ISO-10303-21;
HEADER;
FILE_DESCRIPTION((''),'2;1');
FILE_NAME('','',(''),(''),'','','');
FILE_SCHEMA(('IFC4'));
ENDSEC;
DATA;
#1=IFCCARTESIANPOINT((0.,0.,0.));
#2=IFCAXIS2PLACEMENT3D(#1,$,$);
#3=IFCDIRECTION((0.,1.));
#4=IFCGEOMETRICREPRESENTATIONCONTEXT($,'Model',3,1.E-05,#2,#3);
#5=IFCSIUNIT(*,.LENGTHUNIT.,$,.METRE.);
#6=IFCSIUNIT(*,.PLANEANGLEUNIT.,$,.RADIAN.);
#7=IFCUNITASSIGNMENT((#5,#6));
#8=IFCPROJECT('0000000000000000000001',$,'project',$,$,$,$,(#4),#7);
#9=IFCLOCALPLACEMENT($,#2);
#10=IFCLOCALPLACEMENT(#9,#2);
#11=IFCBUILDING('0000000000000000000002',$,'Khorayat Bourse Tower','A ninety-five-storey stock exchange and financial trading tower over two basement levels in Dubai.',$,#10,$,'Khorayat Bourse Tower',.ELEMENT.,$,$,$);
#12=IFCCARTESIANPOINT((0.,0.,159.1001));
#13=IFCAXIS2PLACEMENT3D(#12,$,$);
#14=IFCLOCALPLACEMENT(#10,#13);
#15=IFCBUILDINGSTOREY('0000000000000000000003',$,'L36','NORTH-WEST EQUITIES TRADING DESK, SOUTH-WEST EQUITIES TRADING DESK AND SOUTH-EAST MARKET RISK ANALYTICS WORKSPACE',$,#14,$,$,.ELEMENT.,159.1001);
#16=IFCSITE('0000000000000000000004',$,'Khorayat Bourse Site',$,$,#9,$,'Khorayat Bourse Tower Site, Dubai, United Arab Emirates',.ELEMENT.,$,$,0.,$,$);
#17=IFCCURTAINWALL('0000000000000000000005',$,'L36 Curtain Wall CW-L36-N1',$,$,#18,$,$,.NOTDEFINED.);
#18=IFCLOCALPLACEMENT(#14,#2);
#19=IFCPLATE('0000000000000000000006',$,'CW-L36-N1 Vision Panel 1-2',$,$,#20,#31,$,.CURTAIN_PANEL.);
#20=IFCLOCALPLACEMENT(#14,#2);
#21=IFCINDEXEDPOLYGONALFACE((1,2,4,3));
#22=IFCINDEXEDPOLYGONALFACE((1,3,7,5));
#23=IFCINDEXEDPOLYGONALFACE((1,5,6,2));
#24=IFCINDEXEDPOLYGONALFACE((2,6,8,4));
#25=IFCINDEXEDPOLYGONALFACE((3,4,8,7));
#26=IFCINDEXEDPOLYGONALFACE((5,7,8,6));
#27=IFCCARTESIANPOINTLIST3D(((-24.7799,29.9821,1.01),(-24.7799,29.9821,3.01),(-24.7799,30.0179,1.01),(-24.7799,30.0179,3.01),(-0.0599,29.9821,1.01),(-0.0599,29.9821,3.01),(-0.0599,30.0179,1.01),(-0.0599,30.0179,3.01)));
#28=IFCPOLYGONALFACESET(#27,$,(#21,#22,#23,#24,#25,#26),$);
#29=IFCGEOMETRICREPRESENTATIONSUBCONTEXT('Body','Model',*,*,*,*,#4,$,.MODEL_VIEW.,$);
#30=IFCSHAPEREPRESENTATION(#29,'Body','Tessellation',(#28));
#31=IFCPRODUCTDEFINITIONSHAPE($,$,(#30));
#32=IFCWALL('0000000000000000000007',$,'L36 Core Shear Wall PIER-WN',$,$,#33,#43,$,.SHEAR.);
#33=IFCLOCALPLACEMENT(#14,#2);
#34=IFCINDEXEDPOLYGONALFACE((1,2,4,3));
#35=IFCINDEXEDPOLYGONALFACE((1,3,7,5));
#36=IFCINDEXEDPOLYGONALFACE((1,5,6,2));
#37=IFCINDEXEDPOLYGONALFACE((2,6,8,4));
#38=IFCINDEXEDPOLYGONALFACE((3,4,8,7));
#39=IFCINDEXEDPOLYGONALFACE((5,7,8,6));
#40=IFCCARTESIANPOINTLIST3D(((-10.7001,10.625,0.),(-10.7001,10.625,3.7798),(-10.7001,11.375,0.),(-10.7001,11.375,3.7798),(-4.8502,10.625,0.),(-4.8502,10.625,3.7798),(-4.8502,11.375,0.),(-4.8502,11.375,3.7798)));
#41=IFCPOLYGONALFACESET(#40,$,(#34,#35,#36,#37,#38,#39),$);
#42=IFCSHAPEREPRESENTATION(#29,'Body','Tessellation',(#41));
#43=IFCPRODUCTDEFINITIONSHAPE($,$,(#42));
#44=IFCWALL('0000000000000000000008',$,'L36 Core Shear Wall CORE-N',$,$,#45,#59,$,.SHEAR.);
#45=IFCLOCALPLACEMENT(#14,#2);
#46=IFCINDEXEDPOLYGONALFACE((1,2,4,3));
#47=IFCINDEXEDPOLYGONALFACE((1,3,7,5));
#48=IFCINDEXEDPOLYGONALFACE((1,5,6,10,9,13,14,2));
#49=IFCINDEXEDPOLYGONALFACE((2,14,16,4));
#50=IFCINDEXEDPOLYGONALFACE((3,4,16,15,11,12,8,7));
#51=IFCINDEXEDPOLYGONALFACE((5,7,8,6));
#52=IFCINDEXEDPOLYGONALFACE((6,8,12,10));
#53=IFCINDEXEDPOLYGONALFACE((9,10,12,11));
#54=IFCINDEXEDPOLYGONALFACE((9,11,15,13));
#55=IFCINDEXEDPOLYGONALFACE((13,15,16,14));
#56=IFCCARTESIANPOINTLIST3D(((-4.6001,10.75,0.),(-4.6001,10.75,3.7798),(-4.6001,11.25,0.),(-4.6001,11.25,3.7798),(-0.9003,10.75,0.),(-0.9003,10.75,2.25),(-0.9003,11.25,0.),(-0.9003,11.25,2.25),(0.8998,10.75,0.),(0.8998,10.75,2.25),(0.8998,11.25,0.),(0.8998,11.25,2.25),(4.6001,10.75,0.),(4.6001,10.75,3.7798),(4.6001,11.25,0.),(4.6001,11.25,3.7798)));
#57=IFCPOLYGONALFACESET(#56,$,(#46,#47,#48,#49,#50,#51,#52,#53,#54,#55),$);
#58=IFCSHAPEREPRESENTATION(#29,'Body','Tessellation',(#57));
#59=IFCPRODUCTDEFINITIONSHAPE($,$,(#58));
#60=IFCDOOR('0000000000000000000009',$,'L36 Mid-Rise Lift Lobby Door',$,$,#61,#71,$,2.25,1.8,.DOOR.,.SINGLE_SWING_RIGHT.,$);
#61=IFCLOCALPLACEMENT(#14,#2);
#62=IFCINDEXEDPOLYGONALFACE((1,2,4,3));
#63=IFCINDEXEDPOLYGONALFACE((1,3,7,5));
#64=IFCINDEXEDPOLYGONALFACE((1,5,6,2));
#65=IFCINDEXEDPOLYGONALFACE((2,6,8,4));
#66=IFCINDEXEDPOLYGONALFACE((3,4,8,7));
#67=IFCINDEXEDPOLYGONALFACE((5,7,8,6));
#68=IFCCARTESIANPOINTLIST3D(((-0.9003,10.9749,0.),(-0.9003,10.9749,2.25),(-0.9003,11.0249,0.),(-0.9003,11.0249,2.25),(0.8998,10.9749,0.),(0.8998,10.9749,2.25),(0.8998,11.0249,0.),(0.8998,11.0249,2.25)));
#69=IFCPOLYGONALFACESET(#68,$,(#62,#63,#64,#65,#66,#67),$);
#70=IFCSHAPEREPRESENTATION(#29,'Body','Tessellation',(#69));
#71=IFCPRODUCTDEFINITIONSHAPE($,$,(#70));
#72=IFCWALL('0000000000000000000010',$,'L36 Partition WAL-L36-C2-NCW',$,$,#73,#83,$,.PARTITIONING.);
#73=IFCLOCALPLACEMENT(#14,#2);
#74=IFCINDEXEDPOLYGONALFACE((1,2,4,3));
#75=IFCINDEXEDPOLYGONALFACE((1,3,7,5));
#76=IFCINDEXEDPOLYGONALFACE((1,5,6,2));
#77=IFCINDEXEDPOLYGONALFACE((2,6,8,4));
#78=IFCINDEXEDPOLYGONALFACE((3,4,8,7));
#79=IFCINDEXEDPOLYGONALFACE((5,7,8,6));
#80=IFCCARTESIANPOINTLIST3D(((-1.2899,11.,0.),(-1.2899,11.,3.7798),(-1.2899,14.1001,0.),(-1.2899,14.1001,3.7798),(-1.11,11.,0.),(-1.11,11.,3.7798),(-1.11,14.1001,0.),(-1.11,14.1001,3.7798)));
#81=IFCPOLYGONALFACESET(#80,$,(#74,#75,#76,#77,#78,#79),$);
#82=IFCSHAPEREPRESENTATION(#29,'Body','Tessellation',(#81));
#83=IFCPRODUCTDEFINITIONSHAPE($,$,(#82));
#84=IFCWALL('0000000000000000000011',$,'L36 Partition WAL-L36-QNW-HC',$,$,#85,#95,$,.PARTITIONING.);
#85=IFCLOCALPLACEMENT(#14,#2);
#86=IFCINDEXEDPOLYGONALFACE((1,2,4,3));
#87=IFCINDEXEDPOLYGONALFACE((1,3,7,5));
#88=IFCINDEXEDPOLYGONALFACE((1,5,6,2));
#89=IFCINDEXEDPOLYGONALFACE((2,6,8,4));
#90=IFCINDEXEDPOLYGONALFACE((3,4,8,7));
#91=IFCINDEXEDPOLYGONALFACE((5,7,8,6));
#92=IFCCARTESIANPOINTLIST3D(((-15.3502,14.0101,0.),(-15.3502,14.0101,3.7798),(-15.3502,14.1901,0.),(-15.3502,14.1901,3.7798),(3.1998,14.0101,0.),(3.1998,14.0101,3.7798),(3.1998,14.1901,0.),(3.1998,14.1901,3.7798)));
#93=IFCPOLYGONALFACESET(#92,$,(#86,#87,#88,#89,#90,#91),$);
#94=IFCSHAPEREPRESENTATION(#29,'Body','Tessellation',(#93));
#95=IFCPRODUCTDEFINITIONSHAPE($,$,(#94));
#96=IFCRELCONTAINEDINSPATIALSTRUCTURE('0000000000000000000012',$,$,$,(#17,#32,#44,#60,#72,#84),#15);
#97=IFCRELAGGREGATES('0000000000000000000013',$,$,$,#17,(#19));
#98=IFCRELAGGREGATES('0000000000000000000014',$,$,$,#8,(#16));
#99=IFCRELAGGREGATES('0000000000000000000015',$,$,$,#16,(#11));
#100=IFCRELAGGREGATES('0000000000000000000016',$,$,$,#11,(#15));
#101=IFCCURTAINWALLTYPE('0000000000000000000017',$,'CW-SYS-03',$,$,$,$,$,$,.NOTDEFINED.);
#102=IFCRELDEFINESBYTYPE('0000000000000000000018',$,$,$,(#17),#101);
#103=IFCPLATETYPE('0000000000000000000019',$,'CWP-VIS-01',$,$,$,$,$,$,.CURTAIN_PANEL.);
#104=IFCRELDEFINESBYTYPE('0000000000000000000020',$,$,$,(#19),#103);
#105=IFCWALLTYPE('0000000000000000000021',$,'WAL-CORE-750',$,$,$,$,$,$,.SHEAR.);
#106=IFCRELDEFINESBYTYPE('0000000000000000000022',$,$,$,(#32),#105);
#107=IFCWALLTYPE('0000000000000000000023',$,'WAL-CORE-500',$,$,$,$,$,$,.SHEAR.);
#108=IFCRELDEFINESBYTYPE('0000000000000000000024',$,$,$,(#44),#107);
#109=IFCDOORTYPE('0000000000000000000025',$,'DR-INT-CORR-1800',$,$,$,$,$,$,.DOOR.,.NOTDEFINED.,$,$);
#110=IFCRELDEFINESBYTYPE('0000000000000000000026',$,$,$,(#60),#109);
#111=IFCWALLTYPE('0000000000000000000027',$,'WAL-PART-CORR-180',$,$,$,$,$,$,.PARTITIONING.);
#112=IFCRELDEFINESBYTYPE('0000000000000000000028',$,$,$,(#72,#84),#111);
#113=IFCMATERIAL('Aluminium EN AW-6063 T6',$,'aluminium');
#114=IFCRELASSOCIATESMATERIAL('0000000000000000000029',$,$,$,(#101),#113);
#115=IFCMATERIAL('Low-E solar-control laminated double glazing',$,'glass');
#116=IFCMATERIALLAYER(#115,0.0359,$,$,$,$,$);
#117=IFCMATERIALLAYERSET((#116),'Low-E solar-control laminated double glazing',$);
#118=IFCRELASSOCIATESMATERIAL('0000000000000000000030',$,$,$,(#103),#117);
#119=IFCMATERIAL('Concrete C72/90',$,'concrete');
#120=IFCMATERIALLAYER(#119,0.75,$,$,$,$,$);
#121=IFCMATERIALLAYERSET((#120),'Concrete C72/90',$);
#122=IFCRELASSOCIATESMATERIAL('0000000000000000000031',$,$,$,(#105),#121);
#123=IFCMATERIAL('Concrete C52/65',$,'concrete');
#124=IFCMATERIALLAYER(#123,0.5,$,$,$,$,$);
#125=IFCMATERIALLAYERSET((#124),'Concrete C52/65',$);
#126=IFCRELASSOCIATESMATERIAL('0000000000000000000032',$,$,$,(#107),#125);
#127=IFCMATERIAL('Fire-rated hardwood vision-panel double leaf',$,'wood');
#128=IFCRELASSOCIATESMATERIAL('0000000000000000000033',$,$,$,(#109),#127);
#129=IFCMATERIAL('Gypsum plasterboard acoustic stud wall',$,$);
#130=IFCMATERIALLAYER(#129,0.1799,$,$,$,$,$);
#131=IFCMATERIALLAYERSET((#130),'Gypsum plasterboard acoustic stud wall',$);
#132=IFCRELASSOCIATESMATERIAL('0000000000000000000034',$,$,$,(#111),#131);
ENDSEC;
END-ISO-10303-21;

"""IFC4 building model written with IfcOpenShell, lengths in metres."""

from ifc_helpers import new_model, si_unit, direction, frame, frame_2d, origin, origin_2d, place, context, subcontext, project, spatial, rectangle, extrude, source, transform, mapped, material, layer, layer_set, type_object, element, fill, aggregate, save


model = new_model("IFC4")

# Units and contexts
model_context = context("Model", 3, precision=1e-05, world=origin(), true_north=direction((0.0, 1.0)))
body_context = subcontext(model_context, "Body", "Model", "MODEL_VIEW")
ifc_project = project(units=[si_unit("LENGTHUNIT", "METRE"), si_unit("PLANEANGLEUNIT", "RADIAN")], contexts=[model_context])

# Site, building, storey
site_placement = place(None, origin())
site = spatial("IfcSite", under=ifc_project, at=site_placement, Name="Khorayat Bourse Site", LongName="Khorayat Bourse Tower Site, Dubai, United Arab Emirates", CompositionType="ELEMENT", RefElevation=0.0)
building_placement = place(site_placement, origin())
building = spatial("IfcBuilding", under=site, at=building_placement, Name="Khorayat Bourse Tower", Description="A ninety-five-storey stock exchange and financial trading tower over two basement levels in Dubai.", LongName="Khorayat Bourse Tower", CompositionType="ELEMENT")
storey_placement = place(building_placement, frame((0.0, 0.0, 159.1001)))
storey = spatial("IfcBuildingStorey", under=building, at=storey_placement, Name="L36", Description="NORTH-WEST EQUITIES TRADING DESK, SOUTH-WEST EQUITIES TRADING DESK AND SOUTH-EAST MARKET RISK ANALYTICS WORKSPACE", CompositionType="ELEMENT", Elevation=159.1001)

# Shared definitions
ifc_material_1 = material(Name="Concrete C72/90", Category="concrete")

# Curtain wall
ifc_material_2 = material(Name="Aluminium EN AW-6063 T6", Category="aluminium")
curtain_wall_type = type_object("IfcCurtainWallType", Name="CW-SYS-03", PredefinedType="NOTDEFINED", material=ifc_material_2)
curtain_wall_placement = place(storey_placement, origin())
curtain_wall = element("IfcCurtainWall", 1, at=curtain_wall_placement, inside=storey, type_object=curtain_wall_type, Name="L36 Curtain Wall CW-L36-N1", PredefinedType="NOTDEFINED")

# Plate
ifc_material_3 = material(Name="Low-E solar-control laminated double glazing", Category="glass")
ifc_layer_1 = layer(ifc_material_3, 0.0359)
ifc_layer_set_1 = layer_set([ifc_layer_1], Name="Low-E solar-control laminated double glazing")
plate_type_1 = type_object("IfcPlateType", Name="CWP-VIS-01", PredefinedType="CURTAIN_PANEL", material=ifc_layer_set_1)
shared_shape_1 = source(origin(), body_context, "Body", "SweptSolid", [
    extrude(rectangle(XDim=24.72, YDim=0.0359, at=origin_2d()), origin(), (0.0, 0.0, 1.0), 2.0),
])
plate_1_placement = place(storey_placement, frame((-12.4199, 30.0, 1.01), z_axis=(0.0, 0.0, 1.0), x_axis=(1.0, 0.0, 0.0)))
plate_1 = element("IfcPlate", 2, at=plate_1_placement, type_object=plate_type_1, Name="CW-L36-N1 Vision Panel 1-2", PredefinedType="CURTAIN_PANEL", context=body_context, shape_type="MappedRepresentation", body=[
    mapped(shared_shape_1, transform((0.0, 0.0, 0.0), scale=1.0)),
])
aggregate(curtain_wall, [plate_1])

# Wall
ifc_layer_2 = layer(ifc_material_1, 0.75)
ifc_layer_set_2 = layer_set([ifc_layer_2], Name="Concrete C72/90")
wall_type_1 = type_object("IfcWallType", Name="WAL-CORE-750", PredefinedType="SHEAR", material=ifc_layer_set_2)
shared_shape_2 = source(origin(), body_context, "Body", "SweptSolid", [
    extrude(rectangle(XDim=5.8499, YDim=0.75, at=frame_2d((2.9248, 0.0))), origin(), (0.0, 0.0, 1.0), 3.7798),
])
wall_1_placement = place(storey_placement, frame((-10.7, 11.0, 0.0), z_axis=(0.0, 0.0, 1.0), x_axis=(1.0, 0.0, 0.0)))
element("IfcWall", 3, at=wall_1_placement, inside=storey, type_object=wall_type_1, Name="L36 Core Shear Wall PIER-WN", PredefinedType="SHEAR", context=body_context, shape_type="MappedRepresentation", body=[
    mapped(shared_shape_2, transform((0.0, 0.0, 0.0), scale=1.0)),
])

# Wall, opening, door
ifc_material_4 = material(Name="Concrete C52/65", Category="concrete")
ifc_layer_3 = layer(ifc_material_4, 0.5)
ifc_layer_set_3 = layer_set([ifc_layer_3], Name="Concrete C52/65")
wall_type_2 = type_object("IfcWallType", Name="WAL-CORE-500", PredefinedType="SHEAR", material=ifc_layer_set_3)
shared_shape_3 = source(origin(), body_context, "Body", "SweptSolid", [
    extrude(rectangle(XDim=9.2002, YDim=0.5, at=frame_2d((4.6001, 0.0))), origin(), (0.0, 0.0, 1.0), 3.7798),
])
wall_2_placement = place(storey_placement, frame((-4.6001, 11.0, 0.0), z_axis=(0.0, 0.0, 1.0), x_axis=(1.0, 0.0, 0.0)))
wall_2 = element("IfcWall", 4, at=wall_2_placement, inside=storey, type_object=wall_type_2, Name="L36 Core Shear Wall CORE-N", PredefinedType="SHEAR", context=body_context, shape_type="MappedRepresentation", body=[
    mapped(shared_shape_3, transform((0.0, 0.0, 0.0), scale=1.0)),
])
shared_shape_4 = source(origin(), body_context, "Body", "SweptSolid", [
    extrude(rectangle(XDim=1.8, YDim=2.25, at=frame_2d((0.8999, 1.125))), frame((0.0, 0.26, 0.0), z_axis=(0.0, -1.0, 0.0), x_axis=(1.0, 0.0, 0.0)), (0.0, 0.0, 1.0), 0.52),
])
opening_placement = place(wall_2_placement, frame((3.7, 0.0, 0.0)))
opening = element("IfcOpeningElement", 5, at=opening_placement, cuts=wall_2, PredefinedType="OPENING", context=body_context, shape_type="MappedRepresentation", body=[
    mapped(shared_shape_4, transform((0.0, 0.0, 0.0), scale=1.0)),
])
ifc_material_5 = material(Name="Fire-rated hardwood vision-panel double leaf", Category="wood")
door_type = type_object("IfcDoorType", Name="DR-INT-CORR-1800", OperationType="NOTDEFINED", PredefinedType="DOOR", material=ifc_material_5)
shared_shape_5 = source(origin(), body_context, "Body", "SweptSolid", [
    extrude(rectangle(XDim=1.8, YDim=2.25, at=frame_2d((0.8999, 1.125))), frame((0.0, 0.0249, 0.0), z_axis=(0.0, -1.0, 0.0), x_axis=(1.0, 0.0, 0.0)), (0.0, 0.0, 1.0), 0.05),
])
door_placement = place(opening_placement, origin())
door = element("IfcDoor", 6, at=door_placement, inside=storey, type_object=door_type, Name="L36 Mid-Rise Lift Lobby Door", OperationType="SINGLE_SWING_RIGHT", OverallHeight=2.25, OverallWidth=1.8, PredefinedType="DOOR", context=body_context, shape_type="MappedRepresentation", body=[
    mapped(shared_shape_5, transform((0.0, 0.0, 0.0), scale=1.0)),
])
fill(opening, door)

# Walls
ifc_material_6 = material(Name="Gypsum plasterboard acoustic stud wall")
ifc_layer_4 = layer(ifc_material_6, 0.1799)
ifc_layer_set_4 = layer_set([ifc_layer_4], Name="Gypsum plasterboard acoustic stud wall")
wall_type_3 = type_object("IfcWallType", Name="WAL-PART-CORR-180", PredefinedType="PARTITIONING", material=ifc_layer_set_4)
shared_shape_6 = source(origin(), body_context, "Body", "SweptSolid", [
    extrude(rectangle(XDim=3.1001, YDim=0.1799, at=frame_2d((1.55, 0.0))), origin(), (0.0, 0.0, 1.0), 3.7798),
])
wall_3_placement = place(storey_placement, frame((-1.2, 11.0, 0.0), z_axis=(0.0, 0.0, 1.0), x_axis=(0.0, 1.0, 0.0)))
element("IfcWall", 7, at=wall_3_placement, inside=storey, type_object=wall_type_3, Name="L36 Partition WAL-L36-C2-NCW", PredefinedType="PARTITIONING", context=body_context, shape_type="MappedRepresentation", body=[
    mapped(shared_shape_6, transform((0.0, 0.0, 0.0), scale=1.0)),
])
shared_shape_7 = source(origin(), body_context, "Body", "SweptSolid", [
    extrude(rectangle(XDim=18.55, YDim=0.1799, at=frame_2d((9.2749, 0.0))), origin(), (0.0, 0.0, 1.0), 3.7798),
])
wall_4_placement = place(storey_placement, frame((-15.3501, 14.1001, 0.0), z_axis=(0.0, 0.0, 1.0), x_axis=(1.0, 0.0, 0.0)))
element("IfcWall", 8, at=wall_4_placement, inside=storey, type_object=wall_type_3, Name="L36 Partition WAL-L36-QNW-HC", PredefinedType="PARTITIONING", context=body_context, shape_type="MappedRepresentation", body=[
    mapped(shared_shape_7, transform((0.0, 0.0, 0.0), scale=1.0)),
])

save(model, "model.ifc")
